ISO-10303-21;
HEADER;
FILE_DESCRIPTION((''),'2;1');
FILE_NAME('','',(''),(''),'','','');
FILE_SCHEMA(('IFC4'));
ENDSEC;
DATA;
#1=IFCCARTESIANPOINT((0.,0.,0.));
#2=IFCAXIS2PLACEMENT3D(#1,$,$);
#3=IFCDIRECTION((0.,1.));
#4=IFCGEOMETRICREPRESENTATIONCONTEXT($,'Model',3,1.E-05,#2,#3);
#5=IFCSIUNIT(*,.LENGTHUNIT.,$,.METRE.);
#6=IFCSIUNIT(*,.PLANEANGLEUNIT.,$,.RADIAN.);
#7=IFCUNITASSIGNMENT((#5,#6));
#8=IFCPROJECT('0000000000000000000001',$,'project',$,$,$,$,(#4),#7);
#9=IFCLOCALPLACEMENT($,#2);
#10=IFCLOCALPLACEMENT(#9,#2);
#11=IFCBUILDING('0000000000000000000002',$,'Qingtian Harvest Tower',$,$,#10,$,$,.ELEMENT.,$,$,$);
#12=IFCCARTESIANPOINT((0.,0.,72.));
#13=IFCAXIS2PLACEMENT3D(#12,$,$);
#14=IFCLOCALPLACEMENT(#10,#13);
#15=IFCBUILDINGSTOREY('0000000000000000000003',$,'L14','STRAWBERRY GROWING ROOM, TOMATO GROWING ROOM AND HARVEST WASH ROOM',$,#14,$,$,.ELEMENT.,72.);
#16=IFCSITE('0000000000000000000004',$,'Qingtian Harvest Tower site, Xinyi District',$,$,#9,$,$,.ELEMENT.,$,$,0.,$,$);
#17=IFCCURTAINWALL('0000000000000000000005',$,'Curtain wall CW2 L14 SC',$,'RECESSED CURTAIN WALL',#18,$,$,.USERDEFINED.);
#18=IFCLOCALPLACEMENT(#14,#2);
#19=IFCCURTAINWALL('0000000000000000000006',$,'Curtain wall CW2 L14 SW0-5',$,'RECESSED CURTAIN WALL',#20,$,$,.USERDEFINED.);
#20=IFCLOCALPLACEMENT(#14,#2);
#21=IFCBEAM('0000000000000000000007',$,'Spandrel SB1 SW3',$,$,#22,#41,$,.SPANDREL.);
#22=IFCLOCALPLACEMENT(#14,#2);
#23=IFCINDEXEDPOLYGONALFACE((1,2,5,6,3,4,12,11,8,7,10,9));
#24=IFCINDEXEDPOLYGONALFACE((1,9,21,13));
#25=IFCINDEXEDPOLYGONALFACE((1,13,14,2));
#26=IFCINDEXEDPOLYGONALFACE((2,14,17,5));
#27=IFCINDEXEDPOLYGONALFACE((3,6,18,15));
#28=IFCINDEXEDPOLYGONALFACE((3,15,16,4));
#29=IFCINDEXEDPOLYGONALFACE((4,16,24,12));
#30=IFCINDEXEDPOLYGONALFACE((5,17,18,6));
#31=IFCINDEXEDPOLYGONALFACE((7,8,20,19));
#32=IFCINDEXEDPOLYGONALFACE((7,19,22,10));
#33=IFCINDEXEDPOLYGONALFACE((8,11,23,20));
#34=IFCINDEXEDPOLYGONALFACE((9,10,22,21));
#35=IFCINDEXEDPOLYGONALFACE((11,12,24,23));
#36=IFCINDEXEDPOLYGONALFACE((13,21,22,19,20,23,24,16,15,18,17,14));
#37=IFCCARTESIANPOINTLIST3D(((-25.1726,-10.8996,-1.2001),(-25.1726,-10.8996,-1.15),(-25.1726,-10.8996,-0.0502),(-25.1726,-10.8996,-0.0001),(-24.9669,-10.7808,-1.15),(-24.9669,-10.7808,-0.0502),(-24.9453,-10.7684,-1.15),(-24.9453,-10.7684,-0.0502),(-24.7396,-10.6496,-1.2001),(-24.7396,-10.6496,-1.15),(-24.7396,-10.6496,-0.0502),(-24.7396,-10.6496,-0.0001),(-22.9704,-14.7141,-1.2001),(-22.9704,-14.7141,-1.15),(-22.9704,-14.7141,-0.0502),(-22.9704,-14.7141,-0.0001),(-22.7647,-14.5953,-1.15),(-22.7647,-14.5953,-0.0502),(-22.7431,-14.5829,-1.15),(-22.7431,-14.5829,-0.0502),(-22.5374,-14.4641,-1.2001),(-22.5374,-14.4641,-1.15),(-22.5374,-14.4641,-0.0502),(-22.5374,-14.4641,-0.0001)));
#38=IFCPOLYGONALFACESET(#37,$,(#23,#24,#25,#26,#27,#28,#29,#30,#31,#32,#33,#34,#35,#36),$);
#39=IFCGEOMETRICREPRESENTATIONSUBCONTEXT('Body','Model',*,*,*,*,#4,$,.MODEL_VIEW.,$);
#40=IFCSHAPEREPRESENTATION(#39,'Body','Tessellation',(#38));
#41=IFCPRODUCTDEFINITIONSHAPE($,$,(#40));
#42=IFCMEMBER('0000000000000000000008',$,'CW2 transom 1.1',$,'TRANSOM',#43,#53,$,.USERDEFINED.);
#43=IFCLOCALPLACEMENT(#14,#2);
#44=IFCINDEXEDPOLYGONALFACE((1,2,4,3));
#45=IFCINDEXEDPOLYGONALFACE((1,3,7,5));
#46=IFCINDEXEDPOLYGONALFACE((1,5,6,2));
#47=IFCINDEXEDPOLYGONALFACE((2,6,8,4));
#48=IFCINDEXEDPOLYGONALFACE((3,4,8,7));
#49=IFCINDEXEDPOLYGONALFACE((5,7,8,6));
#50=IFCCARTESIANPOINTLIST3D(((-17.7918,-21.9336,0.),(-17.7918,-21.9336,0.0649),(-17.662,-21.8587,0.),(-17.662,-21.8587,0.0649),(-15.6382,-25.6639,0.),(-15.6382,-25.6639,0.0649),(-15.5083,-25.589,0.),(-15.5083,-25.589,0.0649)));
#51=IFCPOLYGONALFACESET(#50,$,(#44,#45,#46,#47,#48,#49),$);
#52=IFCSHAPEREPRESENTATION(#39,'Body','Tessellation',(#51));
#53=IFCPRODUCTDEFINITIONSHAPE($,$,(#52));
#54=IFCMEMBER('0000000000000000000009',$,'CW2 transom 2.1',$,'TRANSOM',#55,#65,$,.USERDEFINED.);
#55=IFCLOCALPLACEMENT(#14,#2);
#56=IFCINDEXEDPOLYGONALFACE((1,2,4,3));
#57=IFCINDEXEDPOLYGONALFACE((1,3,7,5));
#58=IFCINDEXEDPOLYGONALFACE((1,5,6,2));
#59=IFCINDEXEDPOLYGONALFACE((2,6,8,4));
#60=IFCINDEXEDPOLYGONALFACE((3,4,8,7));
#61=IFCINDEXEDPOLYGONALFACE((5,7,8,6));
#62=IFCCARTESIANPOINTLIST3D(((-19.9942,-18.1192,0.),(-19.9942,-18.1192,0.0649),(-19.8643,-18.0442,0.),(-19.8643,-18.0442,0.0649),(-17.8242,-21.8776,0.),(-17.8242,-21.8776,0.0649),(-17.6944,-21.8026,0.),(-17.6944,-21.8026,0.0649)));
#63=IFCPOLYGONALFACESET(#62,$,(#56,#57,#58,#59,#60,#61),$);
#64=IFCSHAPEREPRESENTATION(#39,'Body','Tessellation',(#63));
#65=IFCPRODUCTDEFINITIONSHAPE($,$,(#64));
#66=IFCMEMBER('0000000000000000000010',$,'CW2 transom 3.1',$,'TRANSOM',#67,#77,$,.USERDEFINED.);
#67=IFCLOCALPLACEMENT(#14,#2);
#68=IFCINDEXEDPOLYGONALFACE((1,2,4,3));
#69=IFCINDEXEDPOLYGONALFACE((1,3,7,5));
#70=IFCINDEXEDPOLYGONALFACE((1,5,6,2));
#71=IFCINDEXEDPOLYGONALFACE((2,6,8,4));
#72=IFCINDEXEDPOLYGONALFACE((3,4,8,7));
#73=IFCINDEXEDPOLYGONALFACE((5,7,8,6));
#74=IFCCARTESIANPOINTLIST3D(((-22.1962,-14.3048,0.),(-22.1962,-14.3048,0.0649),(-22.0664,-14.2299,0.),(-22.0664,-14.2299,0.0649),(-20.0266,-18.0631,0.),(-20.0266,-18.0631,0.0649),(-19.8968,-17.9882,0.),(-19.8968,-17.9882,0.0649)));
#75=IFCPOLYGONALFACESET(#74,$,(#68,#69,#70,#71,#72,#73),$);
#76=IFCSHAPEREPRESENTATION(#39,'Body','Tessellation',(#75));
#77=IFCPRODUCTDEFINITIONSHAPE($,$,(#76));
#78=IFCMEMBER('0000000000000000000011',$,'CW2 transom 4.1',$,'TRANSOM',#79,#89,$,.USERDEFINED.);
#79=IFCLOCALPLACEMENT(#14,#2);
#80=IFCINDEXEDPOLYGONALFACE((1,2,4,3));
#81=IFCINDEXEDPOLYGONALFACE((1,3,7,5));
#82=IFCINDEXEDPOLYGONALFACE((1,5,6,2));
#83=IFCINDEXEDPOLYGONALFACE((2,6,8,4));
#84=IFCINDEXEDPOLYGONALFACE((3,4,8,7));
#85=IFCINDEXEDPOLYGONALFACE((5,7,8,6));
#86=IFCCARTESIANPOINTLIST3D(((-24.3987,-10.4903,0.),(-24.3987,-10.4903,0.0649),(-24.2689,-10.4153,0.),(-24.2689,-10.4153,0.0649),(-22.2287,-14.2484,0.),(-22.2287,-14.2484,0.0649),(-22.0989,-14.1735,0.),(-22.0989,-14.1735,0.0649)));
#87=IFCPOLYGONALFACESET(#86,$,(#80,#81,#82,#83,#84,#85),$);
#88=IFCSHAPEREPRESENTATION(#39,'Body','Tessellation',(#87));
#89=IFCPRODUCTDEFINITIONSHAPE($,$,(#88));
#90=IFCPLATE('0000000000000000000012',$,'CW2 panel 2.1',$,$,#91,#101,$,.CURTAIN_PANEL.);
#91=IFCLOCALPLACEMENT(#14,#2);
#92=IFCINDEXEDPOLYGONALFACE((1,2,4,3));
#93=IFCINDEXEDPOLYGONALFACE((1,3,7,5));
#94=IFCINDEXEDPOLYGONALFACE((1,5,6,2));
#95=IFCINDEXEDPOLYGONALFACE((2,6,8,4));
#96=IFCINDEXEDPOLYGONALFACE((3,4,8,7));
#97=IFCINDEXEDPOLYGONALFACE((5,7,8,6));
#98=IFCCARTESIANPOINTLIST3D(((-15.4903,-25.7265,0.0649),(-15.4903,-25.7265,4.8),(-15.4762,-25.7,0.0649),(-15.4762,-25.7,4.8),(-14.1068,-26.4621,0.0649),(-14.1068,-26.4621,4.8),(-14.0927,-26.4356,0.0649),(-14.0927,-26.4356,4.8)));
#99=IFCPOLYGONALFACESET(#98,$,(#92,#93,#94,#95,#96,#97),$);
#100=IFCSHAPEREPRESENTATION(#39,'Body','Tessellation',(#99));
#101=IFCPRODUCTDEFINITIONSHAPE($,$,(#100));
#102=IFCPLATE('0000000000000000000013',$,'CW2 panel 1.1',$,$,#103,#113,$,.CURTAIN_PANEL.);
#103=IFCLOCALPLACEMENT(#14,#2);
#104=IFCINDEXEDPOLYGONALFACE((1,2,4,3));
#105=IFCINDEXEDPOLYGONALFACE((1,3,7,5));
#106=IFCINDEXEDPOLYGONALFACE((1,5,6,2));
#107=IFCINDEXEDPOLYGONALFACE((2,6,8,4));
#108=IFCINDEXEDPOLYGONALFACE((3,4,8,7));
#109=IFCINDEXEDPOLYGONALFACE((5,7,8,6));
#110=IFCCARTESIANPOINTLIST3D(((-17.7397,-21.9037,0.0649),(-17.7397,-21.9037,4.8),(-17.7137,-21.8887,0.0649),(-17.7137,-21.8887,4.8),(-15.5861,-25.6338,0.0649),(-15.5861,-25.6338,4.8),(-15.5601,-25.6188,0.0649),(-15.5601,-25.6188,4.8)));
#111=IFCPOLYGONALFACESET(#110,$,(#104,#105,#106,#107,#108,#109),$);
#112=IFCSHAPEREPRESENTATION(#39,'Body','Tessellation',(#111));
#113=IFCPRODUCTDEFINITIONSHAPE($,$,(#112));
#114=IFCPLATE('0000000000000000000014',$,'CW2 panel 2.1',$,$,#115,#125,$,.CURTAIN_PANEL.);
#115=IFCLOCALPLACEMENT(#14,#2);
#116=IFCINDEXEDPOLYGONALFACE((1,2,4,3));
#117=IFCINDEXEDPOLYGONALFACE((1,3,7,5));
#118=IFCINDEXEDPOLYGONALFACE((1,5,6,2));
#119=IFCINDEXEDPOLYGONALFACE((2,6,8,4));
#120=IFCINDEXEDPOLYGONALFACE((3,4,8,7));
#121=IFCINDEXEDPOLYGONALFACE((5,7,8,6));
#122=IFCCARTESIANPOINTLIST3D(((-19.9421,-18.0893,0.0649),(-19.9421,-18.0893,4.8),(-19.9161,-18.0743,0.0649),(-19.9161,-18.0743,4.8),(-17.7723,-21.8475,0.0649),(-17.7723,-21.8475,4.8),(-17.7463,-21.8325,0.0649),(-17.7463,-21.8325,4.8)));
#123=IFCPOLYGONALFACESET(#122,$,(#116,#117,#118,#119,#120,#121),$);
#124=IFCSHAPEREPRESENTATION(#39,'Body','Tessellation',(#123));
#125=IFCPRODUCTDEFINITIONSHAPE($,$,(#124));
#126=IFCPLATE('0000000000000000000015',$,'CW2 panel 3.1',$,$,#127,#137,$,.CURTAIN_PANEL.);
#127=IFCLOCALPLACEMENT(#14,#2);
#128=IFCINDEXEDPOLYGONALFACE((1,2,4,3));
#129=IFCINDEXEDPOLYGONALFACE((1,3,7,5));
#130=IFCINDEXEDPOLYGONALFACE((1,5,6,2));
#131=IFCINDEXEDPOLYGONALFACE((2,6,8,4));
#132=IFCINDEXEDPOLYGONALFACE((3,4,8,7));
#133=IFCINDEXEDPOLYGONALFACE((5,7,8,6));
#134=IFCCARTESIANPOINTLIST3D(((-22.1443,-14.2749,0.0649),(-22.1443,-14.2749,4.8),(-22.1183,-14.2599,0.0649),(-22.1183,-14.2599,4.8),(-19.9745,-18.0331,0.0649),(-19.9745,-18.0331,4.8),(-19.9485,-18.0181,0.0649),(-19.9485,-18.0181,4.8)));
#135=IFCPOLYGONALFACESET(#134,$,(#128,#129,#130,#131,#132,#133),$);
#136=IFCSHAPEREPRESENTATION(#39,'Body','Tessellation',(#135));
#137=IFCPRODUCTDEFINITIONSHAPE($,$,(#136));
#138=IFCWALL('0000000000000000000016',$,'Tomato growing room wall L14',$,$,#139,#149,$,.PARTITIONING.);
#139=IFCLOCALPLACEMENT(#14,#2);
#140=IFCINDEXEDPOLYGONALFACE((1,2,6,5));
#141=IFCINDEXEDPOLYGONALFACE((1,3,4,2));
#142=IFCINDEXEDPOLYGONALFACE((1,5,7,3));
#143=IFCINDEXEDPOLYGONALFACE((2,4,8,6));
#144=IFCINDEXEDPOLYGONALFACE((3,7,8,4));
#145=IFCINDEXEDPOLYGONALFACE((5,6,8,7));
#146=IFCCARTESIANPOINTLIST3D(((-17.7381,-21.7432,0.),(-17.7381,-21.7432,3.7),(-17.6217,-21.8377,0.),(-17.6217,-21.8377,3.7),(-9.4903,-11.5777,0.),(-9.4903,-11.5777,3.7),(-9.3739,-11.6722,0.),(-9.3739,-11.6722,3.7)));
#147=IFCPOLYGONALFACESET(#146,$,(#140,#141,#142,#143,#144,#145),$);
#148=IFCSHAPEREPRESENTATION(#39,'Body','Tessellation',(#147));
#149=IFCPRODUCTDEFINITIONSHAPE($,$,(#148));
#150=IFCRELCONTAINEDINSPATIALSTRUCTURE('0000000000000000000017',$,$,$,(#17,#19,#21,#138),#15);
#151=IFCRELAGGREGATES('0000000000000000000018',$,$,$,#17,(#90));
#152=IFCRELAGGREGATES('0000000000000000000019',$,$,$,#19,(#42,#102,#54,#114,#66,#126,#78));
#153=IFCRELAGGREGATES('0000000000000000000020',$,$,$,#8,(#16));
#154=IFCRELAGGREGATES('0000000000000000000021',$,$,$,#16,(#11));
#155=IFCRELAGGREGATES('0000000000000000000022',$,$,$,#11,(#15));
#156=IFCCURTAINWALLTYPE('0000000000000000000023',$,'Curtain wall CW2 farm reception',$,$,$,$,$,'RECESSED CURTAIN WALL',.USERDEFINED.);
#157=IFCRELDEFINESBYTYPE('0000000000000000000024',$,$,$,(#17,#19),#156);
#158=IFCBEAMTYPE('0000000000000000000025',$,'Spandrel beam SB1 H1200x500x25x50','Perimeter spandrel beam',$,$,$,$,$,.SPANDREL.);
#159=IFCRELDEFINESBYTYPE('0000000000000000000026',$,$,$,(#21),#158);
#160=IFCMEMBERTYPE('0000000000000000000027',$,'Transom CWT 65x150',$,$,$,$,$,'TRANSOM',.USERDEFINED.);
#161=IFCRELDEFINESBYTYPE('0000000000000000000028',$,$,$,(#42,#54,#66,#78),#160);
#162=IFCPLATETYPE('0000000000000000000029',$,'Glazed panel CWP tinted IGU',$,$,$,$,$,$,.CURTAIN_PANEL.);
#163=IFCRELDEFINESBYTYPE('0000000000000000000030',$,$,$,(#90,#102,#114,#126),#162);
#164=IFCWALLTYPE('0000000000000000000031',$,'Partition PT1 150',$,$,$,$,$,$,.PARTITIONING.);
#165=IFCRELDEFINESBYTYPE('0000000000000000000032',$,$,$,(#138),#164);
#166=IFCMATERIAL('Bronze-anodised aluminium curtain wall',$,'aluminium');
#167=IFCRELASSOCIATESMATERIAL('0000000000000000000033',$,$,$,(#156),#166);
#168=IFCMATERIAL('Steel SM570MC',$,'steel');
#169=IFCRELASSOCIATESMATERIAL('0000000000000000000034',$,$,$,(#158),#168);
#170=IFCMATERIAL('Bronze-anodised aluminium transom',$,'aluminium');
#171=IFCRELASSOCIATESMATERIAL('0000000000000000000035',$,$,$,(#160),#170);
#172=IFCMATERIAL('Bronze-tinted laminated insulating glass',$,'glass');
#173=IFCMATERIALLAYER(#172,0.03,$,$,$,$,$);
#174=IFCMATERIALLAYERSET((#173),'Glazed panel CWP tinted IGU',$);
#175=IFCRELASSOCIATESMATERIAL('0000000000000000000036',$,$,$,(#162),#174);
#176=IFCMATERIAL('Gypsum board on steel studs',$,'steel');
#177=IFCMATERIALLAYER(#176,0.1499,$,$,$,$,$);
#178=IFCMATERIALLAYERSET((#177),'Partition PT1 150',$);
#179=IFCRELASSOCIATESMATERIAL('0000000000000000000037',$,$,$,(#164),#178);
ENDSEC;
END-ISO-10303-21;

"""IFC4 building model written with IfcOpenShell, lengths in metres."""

from ifc_helpers import new_model, si_unit, direction, frame, frame_2d, origin, origin_2d, place, context, subcontext, project, spatial, rectangle, i_section, extrude, material, layer, layer_set, material_profile, profile_set, type_object, element, aggregate, save


model = new_model("IFC4")

# Units and contexts
model_context = context("Model", 3, precision=1e-05, world=origin(), true_north=direction((0.0, 1.0)))
body_context = subcontext(model_context, "Body", "Model", "MODEL_VIEW")
ifc_project = project(units=[si_unit("LENGTHUNIT", "METRE"), si_unit("PLANEANGLEUNIT", "RADIAN")], contexts=[model_context])

# Site, building, storey
site_placement = place(None, origin())
site = spatial("IfcSite", under=ifc_project, at=site_placement, Name="Qingtian Harvest Tower site, Xinyi District", CompositionType="ELEMENT", RefElevation=0.0)
building_placement = place(site_placement, origin())
building = spatial("IfcBuilding", under=site, at=building_placement, Name="Qingtian Harvest Tower", CompositionType="ELEMENT")
storey_placement = place(building_placement, frame((0.0, 0.0, 72.0)))
storey = spatial("IfcBuildingStorey", under=building, at=storey_placement, Name="L14", Description="STRAWBERRY GROWING ROOM, TOMATO GROWING ROOM AND HARVEST WASH ROOM", CompositionType="ELEMENT", Elevation=72.0)

# Curtain wall
ifc_material_1 = material(Name="Bronze-anodised aluminium curtain wall", Category="aluminium")
curtain_wall_type = type_object("IfcCurtainWallType", Name="Curtain wall CW2 farm reception", ElementType="RECESSED CURTAIN WALL", PredefinedType="USERDEFINED", material=ifc_material_1)
curtain_wall_1_placement = place(storey_placement, origin())
curtain_wall_1 = element("IfcCurtainWall", 1, at=curtain_wall_1_placement, inside=storey, type_object=curtain_wall_type, Name="Curtain wall CW2 L14 SC", ObjectType="RECESSED CURTAIN WALL", PredefinedType="USERDEFINED")

# Curtain wall
curtain_wall_2_placement = place(storey_placement, origin())
curtain_wall_2 = element("IfcCurtainWall", 2, at=curtain_wall_2_placement, inside=storey, type_object=curtain_wall_type, Name="Curtain wall CW2 L14 SW0-5", ObjectType="RECESSED CURTAIN WALL", PredefinedType="USERDEFINED")

# Beam
ifc_material_2 = material(Name="Steel SM570MC", Category="steel")
ifc_material_profile_1 = material_profile(ifc_material_2, i_section(OverallWidth=0.5, OverallDepth=1.2, WebThickness=0.0249, FlangeThickness=0.05, at=origin_2d()), Name="H1200x500x25x50")
ifc_profile_set_1 = profile_set([ifc_material_profile_1], Name="Steel SM570MC")
beam_type_1 = type_object("IfcBeamType", Name="Spandrel beam SB1 H1200x500x25x50", Description="Perimeter spandrel beam", PredefinedType="SPANDREL", material=ifc_profile_set_1)
for number, where, z_axis, x_axis, name in (
    (3, (-22.7539, -14.5891, -0.6001), (-0.499978, 0.866038, 0.0), (-0.866038, -0.499978, 0.0), "Spandrel SB1 SW3"),
):
    element("IfcBeam", number, at=place(storey_placement, frame(where, z_axis=z_axis, x_axis=x_axis)), inside=storey, type_object=beam_type_1, Name=name, PredefinedType="SPANDREL", context=body_context, shape_type="SweptSolid", body=[
        extrude(i_section(OverallWidth=0.5, OverallDepth=1.2, WebThickness=0.0249, FlangeThickness=0.05, at=origin_2d()), origin(), (0.0, 0.0, 1.0), 4.4045),
    ])

# Members
ifc_material_3 = material(Name="Bronze-anodised aluminium transom", Category="aluminium")
ifc_material_profile_2 = material_profile(ifc_material_3, rectangle(XDim=0.1499, YDim=0.0649, at=origin_2d()), Name="AL 65x150")
ifc_profile_set_2 = profile_set([ifc_material_profile_2], Name="Bronze-anodised aluminium transom")
member_type_1 = type_object("IfcMemberType", Name="Transom CWT 65x150", ElementType="TRANSOM", PredefinedType="USERDEFINED", material=ifc_profile_set_2)
member_1_placement = place(storey_placement, frame((-15.5732, -25.6265, 0.0325), z_axis=(-0.499986, 0.866034, 0.0), x_axis=(-0.866034, -0.499986, 0.0)))
member_1 = element("IfcMember", 4, at=member_1_placement, type_object=member_type_1, Name="CW2 transom 1.1", ObjectType="TRANSOM", PredefinedType="USERDEFINED", context=body_context, shape_type="SweptSolid", body=[
    extrude(rectangle(XDim=0.1499, YDim=0.0649, at=origin_2d()), origin(), (0.0, 0.0, 1.0), 4.3074),
])
member_2_placement = place(storey_placement, frame((-17.7593, -21.8401, 0.0325), z_axis=(-0.500011, 0.866019, 0.0), x_axis=(-0.866019, -0.500011, 0.0)))
member_2 = element("IfcMember", 5, at=member_2_placement, type_object=member_type_1, Name="CW2 transom 2.1", ObjectType="TRANSOM", PredefinedType="USERDEFINED", context=body_context, shape_type="SweptSolid", body=[
    extrude(rectangle(XDim=0.1499, YDim=0.0649, at=origin_2d()), origin(), (0.0, 0.0, 1.0), 4.3398),
])
member_3_placement = place(storey_placement, frame((-19.9617, -18.0256, 0.0325), z_axis=(-0.499969, 0.866043, 0.0), x_axis=(-0.866043, -0.499969, 0.0)))
member_3 = element("IfcMember", 6, at=member_3_placement, type_object=member_type_1, Name="CW2 transom 3.1", ObjectType="TRANSOM", PredefinedType="USERDEFINED", context=body_context, shape_type="SweptSolid", body=[
    extrude(rectangle(XDim=0.1499, YDim=0.0649, at=origin_2d()), origin(), (0.0, 0.0, 1.0), 4.3396),
])
member_4_placement = place(storey_placement, frame((-22.1638, -14.2109, 0.0325), z_axis=(-0.500036, 0.866005, 0.0), x_axis=(-0.866005, -0.500036, 0.0)))
member_4 = element("IfcMember", 7, at=member_4_placement, type_object=member_type_1, Name="CW2 transom 4.1", ObjectType="TRANSOM", PredefinedType="USERDEFINED", context=body_context, shape_type="SweptSolid", body=[
    extrude(rectangle(XDim=0.1499, YDim=0.0649, at=origin_2d()), origin(), (0.0, 0.0, 1.0), 4.3396),
])

# Plates
ifc_material_4 = material(Name="Bronze-tinted laminated insulating glass", Category="glass")
ifc_layer_1 = layer(ifc_material_4, 0.03)
ifc_layer_set_1 = layer_set([ifc_layer_1], Name="Glazed panel CWP tinted IGU")
plate_type = type_object("IfcPlateType", Name="Glazed panel CWP tinted IGU", PredefinedType="CURTAIN_PANEL", material=ifc_layer_set_1)
plate_1_placement = place(storey_placement, frame((-14.7915, -26.0811, 0.0649), z_axis=(0.0, 0.0, 1.0), x_axis=(-0.882948, 0.469472, 0.0)))
plate_1 = element("IfcPlate", 8, at=plate_1_placement, type_object=plate_type, Name="CW2 panel 2.1", PredefinedType="CURTAIN_PANEL", context=body_context, shape_type="SweptSolid", body=[
    extrude(rectangle(XDim=1.5669, YDim=0.03, at=origin_2d()), origin(), (0.0, 0.0, 1.0), 4.7351),
])
aggregate(curtain_wall_1, [plate_1])
plate_2_placement = place(storey_placement, frame((-16.6499, -23.7612, 0.0649), z_axis=(0.0, 0.0, 1.0), x_axis=(-0.5, 0.866025, 0.0)))
plate_2 = element("IfcPlate", 9, at=plate_2_placement, type_object=plate_type, Name="CW2 panel 1.1", PredefinedType="CURTAIN_PANEL", context=body_context, shape_type="SweptSolid", body=[
    extrude(rectangle(XDim=4.3071, YDim=0.03, at=origin_2d()), origin(), (0.0, 0.0, 1.0), 4.7351),
])
plate_3_placement = place(storey_placement, frame((-18.8442, -19.9609, 0.0649), z_axis=(0.0, 0.0, 1.0), x_axis=(-0.5, 0.866025, 0.0)))
plate_3 = element("IfcPlate", 10, at=plate_3_placement, type_object=plate_type, Name="CW2 panel 2.1", PredefinedType="CURTAIN_PANEL", context=body_context, shape_type="SweptSolid", body=[
    extrude(rectangle(XDim=4.3396, YDim=0.03, at=origin_2d()), origin(), (0.0, 0.0, 1.0), 4.7351),
])
plate_4_placement = place(storey_placement, frame((-21.0464, -16.1465, 0.0649), z_axis=(0.0, 0.0, 1.0), x_axis=(-0.5, 0.866025, 0.0)))
plate_4 = element("IfcPlate", 11, at=plate_4_placement, type_object=plate_type, Name="CW2 panel 3.1", PredefinedType="CURTAIN_PANEL", context=body_context, shape_type="SweptSolid", body=[
    extrude(rectangle(XDim=4.3396, YDim=0.03, at=origin_2d()), origin(), (0.0, 0.0, 1.0), 4.7351),
])
aggregate(curtain_wall_2, [member_1, plate_2, member_2, plate_3, member_3, plate_4, member_4])

# Wall
ifc_material_5 = material(Name="Gypsum board on steel studs", Category="steel")
ifc_layer_2 = layer(ifc_material_5, 0.1499)
ifc_layer_set_2 = layer_set([ifc_layer_2], Name="Partition PT1 150")
wall_type = type_object("IfcWallType", Name="Partition PT1 150", PredefinedType="PARTITIONING", material=ifc_layer_set_2)
wall_placement = place(storey_placement, frame((-17.6799, -21.7905, 0.0), z_axis=(0.0, 0.0, 1.0), x_axis=(0.630055, 0.776551, 0.0)))
element("IfcWall", 12, at=wall_placement, inside=storey, type_object=wall_type, Name="Tomato growing room wall L14", PredefinedType="PARTITIONING", context=body_context, shape_type="SweptSolid", body=[
    extrude(rectangle(XDim=13.0906, YDim=0.1499, at=frame_2d((6.5454, 0.0))), origin(), (0.0, 0.0, 1.0), 3.7),
])

save(model, "model.ifc")
